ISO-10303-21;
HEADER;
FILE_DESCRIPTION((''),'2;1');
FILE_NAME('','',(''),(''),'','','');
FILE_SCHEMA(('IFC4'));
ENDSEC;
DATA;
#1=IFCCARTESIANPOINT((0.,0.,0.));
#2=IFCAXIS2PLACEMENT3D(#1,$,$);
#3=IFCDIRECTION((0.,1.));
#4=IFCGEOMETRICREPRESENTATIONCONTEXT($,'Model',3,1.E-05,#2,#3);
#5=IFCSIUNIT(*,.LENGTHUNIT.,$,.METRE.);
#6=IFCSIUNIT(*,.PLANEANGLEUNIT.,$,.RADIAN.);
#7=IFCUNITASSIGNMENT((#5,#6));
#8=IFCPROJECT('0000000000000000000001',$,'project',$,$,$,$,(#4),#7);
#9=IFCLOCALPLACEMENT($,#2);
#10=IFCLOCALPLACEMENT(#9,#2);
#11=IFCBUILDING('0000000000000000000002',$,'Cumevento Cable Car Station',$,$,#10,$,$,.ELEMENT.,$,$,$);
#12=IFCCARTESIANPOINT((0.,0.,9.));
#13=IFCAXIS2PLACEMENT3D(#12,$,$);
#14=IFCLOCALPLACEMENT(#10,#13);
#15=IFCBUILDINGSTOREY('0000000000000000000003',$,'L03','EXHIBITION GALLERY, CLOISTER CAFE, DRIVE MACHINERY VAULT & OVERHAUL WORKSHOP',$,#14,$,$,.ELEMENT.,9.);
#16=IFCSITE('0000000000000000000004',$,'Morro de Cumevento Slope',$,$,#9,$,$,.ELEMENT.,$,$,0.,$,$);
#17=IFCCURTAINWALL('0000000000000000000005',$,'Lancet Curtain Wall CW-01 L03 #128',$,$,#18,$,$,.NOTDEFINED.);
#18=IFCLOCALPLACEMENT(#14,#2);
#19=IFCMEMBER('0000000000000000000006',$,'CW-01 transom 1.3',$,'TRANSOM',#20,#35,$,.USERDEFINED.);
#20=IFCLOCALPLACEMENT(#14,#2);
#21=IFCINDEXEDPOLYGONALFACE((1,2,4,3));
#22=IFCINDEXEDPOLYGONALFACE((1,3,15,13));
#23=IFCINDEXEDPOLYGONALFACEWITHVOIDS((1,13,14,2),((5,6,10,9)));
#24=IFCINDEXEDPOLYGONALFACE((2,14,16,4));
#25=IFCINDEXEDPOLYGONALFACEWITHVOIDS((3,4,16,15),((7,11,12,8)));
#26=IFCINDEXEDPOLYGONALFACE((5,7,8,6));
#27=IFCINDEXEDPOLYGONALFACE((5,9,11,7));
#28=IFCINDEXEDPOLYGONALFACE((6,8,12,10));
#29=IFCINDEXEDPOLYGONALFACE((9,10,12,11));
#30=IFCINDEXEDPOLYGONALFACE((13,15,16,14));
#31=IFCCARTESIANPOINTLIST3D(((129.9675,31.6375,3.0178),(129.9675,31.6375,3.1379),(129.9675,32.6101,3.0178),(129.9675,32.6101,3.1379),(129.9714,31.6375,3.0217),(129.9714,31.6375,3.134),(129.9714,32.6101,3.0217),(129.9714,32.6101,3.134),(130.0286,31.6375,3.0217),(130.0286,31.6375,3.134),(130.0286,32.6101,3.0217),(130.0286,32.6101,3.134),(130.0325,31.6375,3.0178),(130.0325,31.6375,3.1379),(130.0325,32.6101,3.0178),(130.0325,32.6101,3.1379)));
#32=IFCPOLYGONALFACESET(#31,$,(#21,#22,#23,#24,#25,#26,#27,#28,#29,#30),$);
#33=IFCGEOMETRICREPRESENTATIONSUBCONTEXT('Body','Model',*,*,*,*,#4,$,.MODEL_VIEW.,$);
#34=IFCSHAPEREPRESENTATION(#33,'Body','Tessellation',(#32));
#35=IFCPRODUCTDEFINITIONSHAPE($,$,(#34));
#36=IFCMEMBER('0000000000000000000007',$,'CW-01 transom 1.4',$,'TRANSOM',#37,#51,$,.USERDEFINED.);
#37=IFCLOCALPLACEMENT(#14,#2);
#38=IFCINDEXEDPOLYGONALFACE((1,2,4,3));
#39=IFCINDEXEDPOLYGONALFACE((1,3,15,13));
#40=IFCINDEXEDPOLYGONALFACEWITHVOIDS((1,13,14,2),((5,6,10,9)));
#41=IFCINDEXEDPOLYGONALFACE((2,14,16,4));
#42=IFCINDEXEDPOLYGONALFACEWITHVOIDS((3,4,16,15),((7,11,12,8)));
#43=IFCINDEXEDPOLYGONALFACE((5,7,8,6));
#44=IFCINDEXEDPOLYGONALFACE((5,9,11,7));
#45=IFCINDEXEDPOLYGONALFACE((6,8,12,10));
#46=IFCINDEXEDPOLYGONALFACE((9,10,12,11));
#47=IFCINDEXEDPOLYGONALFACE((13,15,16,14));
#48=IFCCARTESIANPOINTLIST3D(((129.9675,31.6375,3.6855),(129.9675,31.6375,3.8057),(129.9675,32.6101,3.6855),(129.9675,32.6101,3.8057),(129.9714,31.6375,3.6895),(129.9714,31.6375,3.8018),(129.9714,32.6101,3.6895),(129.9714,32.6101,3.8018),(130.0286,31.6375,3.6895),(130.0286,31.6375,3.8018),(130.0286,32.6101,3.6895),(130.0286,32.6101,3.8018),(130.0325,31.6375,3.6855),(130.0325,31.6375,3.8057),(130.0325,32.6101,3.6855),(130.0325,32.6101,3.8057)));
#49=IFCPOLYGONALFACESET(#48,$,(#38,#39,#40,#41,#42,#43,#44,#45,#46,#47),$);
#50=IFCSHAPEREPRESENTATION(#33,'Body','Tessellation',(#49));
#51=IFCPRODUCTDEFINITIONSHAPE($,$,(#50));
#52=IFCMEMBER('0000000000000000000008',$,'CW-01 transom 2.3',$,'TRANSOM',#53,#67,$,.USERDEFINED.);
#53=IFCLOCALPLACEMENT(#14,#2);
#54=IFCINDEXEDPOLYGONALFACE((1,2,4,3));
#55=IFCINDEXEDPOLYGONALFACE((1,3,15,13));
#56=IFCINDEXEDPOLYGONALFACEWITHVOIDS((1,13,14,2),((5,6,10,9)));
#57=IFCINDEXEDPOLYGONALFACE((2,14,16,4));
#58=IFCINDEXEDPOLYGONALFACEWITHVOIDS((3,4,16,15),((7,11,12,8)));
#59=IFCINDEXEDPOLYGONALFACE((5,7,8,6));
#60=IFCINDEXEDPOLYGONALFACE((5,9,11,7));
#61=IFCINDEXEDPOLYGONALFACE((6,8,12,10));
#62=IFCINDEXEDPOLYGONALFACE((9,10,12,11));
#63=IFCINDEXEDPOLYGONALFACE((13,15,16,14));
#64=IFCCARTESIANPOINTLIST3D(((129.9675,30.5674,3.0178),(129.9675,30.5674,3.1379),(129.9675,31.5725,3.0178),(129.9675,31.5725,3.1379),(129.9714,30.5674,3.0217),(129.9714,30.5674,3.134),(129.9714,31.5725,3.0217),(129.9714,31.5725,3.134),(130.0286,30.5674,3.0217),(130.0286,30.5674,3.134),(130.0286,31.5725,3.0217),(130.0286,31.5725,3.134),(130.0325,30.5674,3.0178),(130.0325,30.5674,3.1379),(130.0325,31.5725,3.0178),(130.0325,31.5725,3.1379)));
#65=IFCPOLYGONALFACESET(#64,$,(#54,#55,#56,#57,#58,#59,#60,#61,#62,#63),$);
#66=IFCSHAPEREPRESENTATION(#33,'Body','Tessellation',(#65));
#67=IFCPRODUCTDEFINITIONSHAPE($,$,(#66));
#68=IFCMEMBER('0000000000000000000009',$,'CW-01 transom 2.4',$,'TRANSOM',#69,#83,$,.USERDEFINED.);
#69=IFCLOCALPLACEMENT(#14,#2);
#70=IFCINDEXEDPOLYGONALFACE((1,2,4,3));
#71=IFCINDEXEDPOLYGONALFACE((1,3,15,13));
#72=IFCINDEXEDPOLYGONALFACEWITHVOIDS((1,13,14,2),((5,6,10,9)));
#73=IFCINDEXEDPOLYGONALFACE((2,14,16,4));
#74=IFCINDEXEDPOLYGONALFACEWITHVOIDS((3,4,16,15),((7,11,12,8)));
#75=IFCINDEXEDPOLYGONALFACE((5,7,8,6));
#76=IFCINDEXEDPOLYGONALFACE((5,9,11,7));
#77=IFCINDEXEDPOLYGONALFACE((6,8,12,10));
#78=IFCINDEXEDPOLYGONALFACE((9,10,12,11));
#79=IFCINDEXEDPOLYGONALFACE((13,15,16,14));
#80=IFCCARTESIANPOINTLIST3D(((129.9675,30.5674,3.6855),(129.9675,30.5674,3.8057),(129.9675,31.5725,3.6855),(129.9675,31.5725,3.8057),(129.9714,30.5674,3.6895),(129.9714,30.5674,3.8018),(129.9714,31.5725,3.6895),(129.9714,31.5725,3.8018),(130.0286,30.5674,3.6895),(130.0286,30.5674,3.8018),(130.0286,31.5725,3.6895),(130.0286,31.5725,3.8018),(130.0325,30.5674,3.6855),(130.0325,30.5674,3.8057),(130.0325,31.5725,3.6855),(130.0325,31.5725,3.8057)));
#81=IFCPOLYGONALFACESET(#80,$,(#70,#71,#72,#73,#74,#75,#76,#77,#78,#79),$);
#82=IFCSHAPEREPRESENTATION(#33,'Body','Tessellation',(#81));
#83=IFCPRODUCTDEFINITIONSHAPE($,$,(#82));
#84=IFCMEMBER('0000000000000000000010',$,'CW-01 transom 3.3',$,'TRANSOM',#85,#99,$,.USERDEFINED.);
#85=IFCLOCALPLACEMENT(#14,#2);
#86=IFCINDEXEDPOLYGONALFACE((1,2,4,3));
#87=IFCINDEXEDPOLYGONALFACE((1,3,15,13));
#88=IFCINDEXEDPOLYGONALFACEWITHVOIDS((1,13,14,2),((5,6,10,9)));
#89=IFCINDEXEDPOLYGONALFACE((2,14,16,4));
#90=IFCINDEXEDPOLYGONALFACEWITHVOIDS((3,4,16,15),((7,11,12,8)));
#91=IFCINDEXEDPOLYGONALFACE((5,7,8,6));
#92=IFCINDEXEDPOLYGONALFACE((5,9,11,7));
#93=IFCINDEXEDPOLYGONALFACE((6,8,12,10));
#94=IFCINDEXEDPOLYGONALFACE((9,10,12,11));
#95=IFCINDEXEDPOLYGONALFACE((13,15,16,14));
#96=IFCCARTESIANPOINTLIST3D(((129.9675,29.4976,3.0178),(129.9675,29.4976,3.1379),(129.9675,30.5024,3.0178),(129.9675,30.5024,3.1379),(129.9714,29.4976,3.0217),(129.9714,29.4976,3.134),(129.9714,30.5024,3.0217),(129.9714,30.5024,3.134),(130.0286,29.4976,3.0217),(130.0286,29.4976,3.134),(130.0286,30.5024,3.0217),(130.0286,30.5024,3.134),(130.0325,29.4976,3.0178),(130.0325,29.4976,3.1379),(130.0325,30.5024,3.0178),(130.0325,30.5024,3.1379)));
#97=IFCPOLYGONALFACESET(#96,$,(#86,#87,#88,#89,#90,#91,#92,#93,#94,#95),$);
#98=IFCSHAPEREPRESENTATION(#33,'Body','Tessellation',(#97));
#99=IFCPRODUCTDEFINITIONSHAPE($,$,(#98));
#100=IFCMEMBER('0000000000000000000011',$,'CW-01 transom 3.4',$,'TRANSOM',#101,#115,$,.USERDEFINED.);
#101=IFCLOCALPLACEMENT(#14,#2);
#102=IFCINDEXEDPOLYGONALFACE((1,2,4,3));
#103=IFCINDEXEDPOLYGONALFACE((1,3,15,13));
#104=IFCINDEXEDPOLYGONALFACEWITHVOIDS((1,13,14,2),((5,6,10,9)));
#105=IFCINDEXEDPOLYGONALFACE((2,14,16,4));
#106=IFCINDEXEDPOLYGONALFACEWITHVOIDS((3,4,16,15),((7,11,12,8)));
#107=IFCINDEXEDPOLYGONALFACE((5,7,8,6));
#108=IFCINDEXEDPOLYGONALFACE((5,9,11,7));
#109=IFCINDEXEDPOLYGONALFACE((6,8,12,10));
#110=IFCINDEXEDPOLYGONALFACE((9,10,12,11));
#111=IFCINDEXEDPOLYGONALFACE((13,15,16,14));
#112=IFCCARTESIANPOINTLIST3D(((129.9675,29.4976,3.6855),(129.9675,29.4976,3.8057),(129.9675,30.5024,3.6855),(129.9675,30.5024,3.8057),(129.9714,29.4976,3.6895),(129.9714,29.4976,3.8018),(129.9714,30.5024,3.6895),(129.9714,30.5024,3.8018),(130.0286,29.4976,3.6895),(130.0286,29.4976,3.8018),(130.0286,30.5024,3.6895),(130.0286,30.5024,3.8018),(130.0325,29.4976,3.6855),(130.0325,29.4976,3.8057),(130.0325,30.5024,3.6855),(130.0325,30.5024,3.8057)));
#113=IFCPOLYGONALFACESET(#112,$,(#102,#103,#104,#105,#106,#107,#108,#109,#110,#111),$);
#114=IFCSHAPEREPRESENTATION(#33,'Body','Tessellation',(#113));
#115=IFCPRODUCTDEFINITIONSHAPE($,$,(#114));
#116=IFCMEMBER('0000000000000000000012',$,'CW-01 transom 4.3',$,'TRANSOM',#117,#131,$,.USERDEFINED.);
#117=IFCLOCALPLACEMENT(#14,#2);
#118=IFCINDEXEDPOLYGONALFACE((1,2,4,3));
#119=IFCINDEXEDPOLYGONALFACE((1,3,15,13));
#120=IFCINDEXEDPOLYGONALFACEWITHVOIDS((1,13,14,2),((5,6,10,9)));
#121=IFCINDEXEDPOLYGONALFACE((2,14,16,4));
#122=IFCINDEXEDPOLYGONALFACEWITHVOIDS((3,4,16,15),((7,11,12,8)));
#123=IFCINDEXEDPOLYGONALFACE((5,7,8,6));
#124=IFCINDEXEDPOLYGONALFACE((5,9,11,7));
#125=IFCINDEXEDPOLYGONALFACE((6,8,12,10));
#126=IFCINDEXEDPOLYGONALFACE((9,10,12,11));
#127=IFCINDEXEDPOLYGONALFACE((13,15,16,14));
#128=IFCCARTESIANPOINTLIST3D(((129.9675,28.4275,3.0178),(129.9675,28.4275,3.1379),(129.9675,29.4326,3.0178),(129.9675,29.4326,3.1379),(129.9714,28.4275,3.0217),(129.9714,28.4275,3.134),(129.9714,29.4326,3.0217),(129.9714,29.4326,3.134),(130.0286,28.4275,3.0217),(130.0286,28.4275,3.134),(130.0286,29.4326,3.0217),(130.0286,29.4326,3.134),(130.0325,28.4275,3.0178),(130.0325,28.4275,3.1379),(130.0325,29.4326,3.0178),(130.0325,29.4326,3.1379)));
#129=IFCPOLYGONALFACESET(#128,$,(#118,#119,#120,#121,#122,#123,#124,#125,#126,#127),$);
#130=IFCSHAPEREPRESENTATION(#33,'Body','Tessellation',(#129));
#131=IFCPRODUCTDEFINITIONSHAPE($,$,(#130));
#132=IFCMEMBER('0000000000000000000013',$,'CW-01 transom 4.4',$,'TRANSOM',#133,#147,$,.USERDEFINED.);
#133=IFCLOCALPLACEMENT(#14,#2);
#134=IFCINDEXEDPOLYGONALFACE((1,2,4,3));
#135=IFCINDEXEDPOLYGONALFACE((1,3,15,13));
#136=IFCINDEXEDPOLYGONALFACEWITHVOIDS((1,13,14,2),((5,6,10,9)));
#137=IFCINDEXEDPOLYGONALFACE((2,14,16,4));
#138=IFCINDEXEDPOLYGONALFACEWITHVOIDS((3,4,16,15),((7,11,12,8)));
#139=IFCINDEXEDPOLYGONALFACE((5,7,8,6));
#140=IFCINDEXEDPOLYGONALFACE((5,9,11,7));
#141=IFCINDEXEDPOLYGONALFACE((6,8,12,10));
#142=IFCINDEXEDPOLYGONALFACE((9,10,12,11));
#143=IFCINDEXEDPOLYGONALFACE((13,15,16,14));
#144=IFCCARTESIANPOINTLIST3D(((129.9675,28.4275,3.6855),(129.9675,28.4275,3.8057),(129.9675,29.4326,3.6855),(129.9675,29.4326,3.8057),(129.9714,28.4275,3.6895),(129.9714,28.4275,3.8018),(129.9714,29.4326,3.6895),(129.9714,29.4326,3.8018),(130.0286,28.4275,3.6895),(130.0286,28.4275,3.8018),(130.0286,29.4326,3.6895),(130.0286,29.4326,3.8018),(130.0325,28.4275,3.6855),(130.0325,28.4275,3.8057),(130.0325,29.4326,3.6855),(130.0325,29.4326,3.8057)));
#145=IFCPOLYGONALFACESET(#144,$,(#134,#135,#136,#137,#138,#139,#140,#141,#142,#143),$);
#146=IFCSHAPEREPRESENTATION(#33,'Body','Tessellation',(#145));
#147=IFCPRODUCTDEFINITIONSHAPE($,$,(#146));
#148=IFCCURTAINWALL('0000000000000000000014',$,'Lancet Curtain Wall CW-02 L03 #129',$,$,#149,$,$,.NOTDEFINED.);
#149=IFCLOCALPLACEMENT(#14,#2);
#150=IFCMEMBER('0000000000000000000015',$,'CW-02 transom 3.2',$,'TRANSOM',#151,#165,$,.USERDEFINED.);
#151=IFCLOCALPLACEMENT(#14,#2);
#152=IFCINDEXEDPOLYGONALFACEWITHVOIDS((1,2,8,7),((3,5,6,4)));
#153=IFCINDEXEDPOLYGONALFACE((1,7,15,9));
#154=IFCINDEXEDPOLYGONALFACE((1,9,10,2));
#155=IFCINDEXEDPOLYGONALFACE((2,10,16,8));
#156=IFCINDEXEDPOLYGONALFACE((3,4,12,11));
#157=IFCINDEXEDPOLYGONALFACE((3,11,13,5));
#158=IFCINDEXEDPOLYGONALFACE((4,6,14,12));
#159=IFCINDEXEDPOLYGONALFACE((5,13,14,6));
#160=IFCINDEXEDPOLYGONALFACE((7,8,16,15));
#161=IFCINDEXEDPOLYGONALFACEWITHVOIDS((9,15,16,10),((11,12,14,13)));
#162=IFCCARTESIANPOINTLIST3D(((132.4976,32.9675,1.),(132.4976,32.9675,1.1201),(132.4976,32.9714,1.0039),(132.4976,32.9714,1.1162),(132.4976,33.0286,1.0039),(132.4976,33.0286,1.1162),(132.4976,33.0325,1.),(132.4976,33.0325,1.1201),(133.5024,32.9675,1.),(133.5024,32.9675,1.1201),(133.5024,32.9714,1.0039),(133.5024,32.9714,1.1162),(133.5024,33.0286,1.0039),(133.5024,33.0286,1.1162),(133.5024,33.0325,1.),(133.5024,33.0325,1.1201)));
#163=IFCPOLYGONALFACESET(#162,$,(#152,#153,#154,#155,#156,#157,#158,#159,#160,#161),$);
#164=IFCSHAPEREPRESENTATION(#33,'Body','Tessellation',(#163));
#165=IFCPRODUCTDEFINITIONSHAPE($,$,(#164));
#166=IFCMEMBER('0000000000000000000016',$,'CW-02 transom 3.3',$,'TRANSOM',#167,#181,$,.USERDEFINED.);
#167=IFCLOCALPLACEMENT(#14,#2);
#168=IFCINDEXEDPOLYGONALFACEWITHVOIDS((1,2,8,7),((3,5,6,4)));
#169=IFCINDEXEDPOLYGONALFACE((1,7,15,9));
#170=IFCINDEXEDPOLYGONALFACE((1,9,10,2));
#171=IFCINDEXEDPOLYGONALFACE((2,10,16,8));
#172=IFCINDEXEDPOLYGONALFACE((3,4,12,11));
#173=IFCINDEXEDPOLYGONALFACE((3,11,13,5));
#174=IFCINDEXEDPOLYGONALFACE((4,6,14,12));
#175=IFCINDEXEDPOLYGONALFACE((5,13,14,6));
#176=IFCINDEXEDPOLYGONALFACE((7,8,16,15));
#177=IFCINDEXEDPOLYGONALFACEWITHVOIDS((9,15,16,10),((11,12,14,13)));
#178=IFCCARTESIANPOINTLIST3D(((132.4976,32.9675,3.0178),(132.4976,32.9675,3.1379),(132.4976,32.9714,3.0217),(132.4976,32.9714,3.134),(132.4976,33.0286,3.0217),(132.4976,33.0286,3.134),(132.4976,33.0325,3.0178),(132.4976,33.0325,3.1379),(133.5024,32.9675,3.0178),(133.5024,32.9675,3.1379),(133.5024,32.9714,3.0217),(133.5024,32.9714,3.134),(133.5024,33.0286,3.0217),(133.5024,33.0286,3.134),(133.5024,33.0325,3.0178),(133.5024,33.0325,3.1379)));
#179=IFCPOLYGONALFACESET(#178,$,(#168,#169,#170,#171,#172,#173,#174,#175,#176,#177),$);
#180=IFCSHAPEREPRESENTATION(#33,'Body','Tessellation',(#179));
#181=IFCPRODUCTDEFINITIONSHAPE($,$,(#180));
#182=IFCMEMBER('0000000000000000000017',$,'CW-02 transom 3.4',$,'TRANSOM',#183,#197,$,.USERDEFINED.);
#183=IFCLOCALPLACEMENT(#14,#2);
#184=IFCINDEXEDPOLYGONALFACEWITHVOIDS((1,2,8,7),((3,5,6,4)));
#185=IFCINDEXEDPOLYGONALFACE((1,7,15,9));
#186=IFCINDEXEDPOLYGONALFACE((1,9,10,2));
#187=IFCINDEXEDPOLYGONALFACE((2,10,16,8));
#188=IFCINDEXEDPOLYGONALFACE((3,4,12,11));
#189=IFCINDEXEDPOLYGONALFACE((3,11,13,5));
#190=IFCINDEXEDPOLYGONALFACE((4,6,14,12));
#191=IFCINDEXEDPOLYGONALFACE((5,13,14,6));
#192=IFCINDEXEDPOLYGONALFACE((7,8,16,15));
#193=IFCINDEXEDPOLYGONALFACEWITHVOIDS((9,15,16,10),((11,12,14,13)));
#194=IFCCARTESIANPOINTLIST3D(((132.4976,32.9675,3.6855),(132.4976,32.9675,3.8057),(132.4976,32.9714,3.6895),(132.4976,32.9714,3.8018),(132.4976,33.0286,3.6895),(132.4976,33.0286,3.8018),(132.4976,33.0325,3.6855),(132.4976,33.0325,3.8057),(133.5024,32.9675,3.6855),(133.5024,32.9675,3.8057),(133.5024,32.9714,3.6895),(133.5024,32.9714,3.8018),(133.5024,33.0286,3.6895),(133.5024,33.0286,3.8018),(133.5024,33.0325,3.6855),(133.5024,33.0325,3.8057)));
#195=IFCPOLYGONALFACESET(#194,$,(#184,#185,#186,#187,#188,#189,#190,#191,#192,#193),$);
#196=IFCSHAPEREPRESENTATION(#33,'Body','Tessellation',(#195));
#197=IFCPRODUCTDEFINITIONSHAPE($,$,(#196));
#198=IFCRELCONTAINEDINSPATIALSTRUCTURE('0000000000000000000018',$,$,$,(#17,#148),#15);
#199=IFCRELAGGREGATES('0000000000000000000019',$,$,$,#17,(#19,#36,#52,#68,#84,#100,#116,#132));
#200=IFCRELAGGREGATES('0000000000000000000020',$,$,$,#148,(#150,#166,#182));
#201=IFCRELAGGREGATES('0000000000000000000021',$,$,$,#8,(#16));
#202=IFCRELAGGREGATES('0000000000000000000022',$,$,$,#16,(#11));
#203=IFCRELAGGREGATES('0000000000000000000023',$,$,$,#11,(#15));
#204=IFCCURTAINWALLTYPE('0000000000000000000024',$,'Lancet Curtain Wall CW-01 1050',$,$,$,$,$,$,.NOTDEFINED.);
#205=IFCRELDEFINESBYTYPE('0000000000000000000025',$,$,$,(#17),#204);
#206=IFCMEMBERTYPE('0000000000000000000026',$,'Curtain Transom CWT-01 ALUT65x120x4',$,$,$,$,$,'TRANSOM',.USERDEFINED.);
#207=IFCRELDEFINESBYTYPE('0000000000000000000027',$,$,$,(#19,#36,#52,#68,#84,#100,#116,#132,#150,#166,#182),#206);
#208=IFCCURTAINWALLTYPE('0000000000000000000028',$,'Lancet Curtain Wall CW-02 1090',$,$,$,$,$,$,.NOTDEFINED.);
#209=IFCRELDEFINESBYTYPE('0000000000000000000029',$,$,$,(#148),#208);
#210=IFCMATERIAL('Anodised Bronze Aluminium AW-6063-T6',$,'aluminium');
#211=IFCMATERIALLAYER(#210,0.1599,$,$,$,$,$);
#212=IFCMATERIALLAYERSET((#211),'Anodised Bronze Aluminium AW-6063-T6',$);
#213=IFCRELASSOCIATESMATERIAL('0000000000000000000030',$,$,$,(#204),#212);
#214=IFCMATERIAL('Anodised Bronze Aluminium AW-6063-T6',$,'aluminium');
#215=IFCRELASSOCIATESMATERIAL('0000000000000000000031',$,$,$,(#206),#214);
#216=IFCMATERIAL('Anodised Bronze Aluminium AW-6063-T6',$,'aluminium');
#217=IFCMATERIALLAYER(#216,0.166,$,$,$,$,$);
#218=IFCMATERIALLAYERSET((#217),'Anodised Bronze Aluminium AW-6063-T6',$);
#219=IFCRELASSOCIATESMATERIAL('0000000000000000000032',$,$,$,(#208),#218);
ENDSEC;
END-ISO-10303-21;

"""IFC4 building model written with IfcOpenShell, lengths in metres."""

from ifc_helpers import new_model, si_unit, direction, frame, origin, origin_2d, place, context, subcontext, project, spatial, hollow_rectangle, extrude, material, layer, layer_set, material_profile, profile_set, type_object, element, aggregate, save


model = new_model("IFC4")

# Units and contexts
model_context = context("Model", 3, precision=1e-05, world=origin(), true_north=direction((0.0, 1.0)))
body_context = subcontext(model_context, "Body", "Model", "MODEL_VIEW")
ifc_project = project(units=[si_unit("LENGTHUNIT", "METRE"), si_unit("PLANEANGLEUNIT", "RADIAN")], contexts=[model_context])

# Site, building, storey
site_placement = place(None, origin())
site = spatial("IfcSite", under=ifc_project, at=site_placement, Name="Morro de Cumevento Slope", CompositionType="ELEMENT", RefElevation=0.0)
building_placement = place(site_placement, origin())
building = spatial("IfcBuilding", under=site, at=building_placement, Name="Cumevento Cable Car Station", CompositionType="ELEMENT")
storey_placement = place(building_placement, frame((0.0, 0.0, 9.0)))
storey = spatial("IfcBuildingStorey", under=building, at=storey_placement, Name="L03", Description="EXHIBITION GALLERY, CLOISTER CAFE, DRIVE MACHINERY VAULT & OVERHAUL WORKSHOP", CompositionType="ELEMENT", Elevation=9.0)

# Curtain walls, members
ifc_material_1 = material(Name="Anodised Bronze Aluminium AW-6063-T6", Category="aluminium")
ifc_layer_1 = layer(ifc_material_1, 0.1599)
ifc_layer_set_1 = layer_set([ifc_layer_1], Name="Anodised Bronze Aluminium AW-6063-T6")
curtain_wall_type_1 = type_object("IfcCurtainWallType", Name="Lancet Curtain Wall CW-01 1050", PredefinedType="NOTDEFINED", material=ifc_layer_set_1)
curtain_wall_1_placement = place(storey_placement, origin())
curtain_wall_1 = element("IfcCurtainWall", 1, at=curtain_wall_1_placement, inside=storey, type_object=curtain_wall_type_1, Name="Lancet Curtain Wall CW-01 L03 #128", PredefinedType="NOTDEFINED")
ifc_material_2 = material(Name="Anodised Bronze Aluminium AW-6063-T6", Category="aluminium")
ifc_material_profile_1 = material_profile(ifc_material_2, hollow_rectangle(XDim=0.0649, YDim=0.1201, WallThickness=0.0039, at=origin_2d()), Name="ALUT65x120x4")
ifc_profile_set_1 = profile_set([ifc_material_profile_1], Name="Anodised Bronze Aluminium AW-6063-T6")
member_type = type_object("IfcMemberType", Name="Curtain Transom CWT-01 ALUT65x120x4", ElementType="TRANSOM", PredefinedType="USERDEFINED", material=ifc_profile_set_1)
member_1_placement = place(storey_placement, frame((130.0, 32.6101, 3.0779), z_axis=(0.0, -1.0, 0.0), x_axis=(1.0, 0.0, 0.0)))
member_1 = element("IfcMember", 2, at=member_1_placement, type_object=member_type, Name="CW-01 transom 1.3", ObjectType="TRANSOM", PredefinedType="USERDEFINED", context=body_context, shape_type="SweptSolid", body=[
    extrude(hollow_rectangle(XDim=0.0649, YDim=0.1201, WallThickness=0.0039, at=origin_2d()), origin(), (0.0, 0.0, 1.0), 0.9727),
])
member_2_placement = place(storey_placement, frame((130.0, 32.6101, 3.7456), z_axis=(0.0, -1.0, 0.0), x_axis=(1.0, 0.0, 0.0)))
member_2 = element("IfcMember", 3, at=member_2_placement, type_object=member_type, Name="CW-01 transom 1.4", ObjectType="TRANSOM", PredefinedType="USERDEFINED", context=body_context, shape_type="SweptSolid", body=[
    extrude(hollow_rectangle(XDim=0.0649, YDim=0.1201, WallThickness=0.0039, at=origin_2d()), origin(), (0.0, 0.0, 1.0), 0.9727),
])
member_3_placement = place(storey_placement, frame((130.0, 31.5725, 3.0779), z_axis=(0.0, -1.0, 0.0), x_axis=(1.0, 0.0, 0.0)))
member_3 = element("IfcMember", 4, at=member_3_placement, type_object=member_type, Name="CW-01 transom 2.3", ObjectType="TRANSOM", PredefinedType="USERDEFINED", context=body_context, shape_type="SweptSolid", body=[
    extrude(hollow_rectangle(XDim=0.0649, YDim=0.1201, WallThickness=0.0039, at=origin_2d()), origin(), (0.0, 0.0, 1.0), 1.0051),
])
member_4_placement = place(storey_placement, frame((130.0, 31.5725, 3.7456), z_axis=(0.0, -1.0, 0.0), x_axis=(1.0, 0.0, 0.0)))
member_4 = element("IfcMember", 5, at=member_4_placement, type_object=member_type, Name="CW-01 transom 2.4", ObjectType="TRANSOM", PredefinedType="USERDEFINED", context=body_context, shape_type="SweptSolid", body=[
    extrude(hollow_rectangle(XDim=0.0649, YDim=0.1201, WallThickness=0.0039, at=origin_2d()), origin(), (0.0, 0.0, 1.0), 1.0051),
])
member_5_placement = place(storey_placement, frame((130.0, 30.5024, 3.0779), z_axis=(0.0, -1.0, 0.0), x_axis=(1.0, 0.0, 0.0)))
member_5 = element("IfcMember", 6, at=member_5_placement, type_object=member_type, Name="CW-01 transom 3.3", ObjectType="TRANSOM", PredefinedType="USERDEFINED", context=body_context, shape_type="SweptSolid", body=[
    extrude(hollow_rectangle(XDim=0.0649, YDim=0.1201, WallThickness=0.0039, at=origin_2d()), origin(), (0.0, 0.0, 1.0), 1.0049),
])
member_6_placement = place(storey_placement, frame((130.0, 30.5024, 3.7456), z_axis=(0.0, -1.0, 0.0), x_axis=(1.0, 0.0, 0.0)))
member_6 = element("IfcMember", 7, at=member_6_placement, type_object=member_type, Name="CW-01 transom 3.4", ObjectType="TRANSOM", PredefinedType="USERDEFINED", context=body_context, shape_type="SweptSolid", body=[
    extrude(hollow_rectangle(XDim=0.0649, YDim=0.1201, WallThickness=0.0039, at=origin_2d()), origin(), (0.0, 0.0, 1.0), 1.0049),
])
member_7_placement = place(storey_placement, frame((130.0, 29.4326, 3.0779), z_axis=(0.0, -1.0, 0.0), x_axis=(1.0, 0.0, 0.0)))
member_7 = element("IfcMember", 8, at=member_7_placement, type_object=member_type, Name="CW-01 transom 4.3", ObjectType="TRANSOM", PredefinedType="USERDEFINED", context=body_context, shape_type="SweptSolid", body=[
    extrude(hollow_rectangle(XDim=0.0649, YDim=0.1201, WallThickness=0.0039, at=origin_2d()), origin(), (0.0, 0.0, 1.0), 1.0051),
])
member_8_placement = place(storey_placement, frame((130.0, 29.4326, 3.7456), z_axis=(0.0, -1.0, 0.0), x_axis=(1.0, 0.0, 0.0)))
member_8 = element("IfcMember", 9, at=member_8_placement, type_object=member_type, Name="CW-01 transom 4.4", ObjectType="TRANSOM", PredefinedType="USERDEFINED", context=body_context, shape_type="SweptSolid", body=[
    extrude(hollow_rectangle(XDim=0.0649, YDim=0.1201, WallThickness=0.0039, at=origin_2d()), origin(), (0.0, 0.0, 1.0), 1.0051),
])
ifc_material_3 = material(Name="Anodised Bronze Aluminium AW-6063-T6", Category="aluminium")
ifc_layer_2 = layer(ifc_material_3, 0.166)
ifc_layer_set_2 = layer_set([ifc_layer_2], Name="Anodised Bronze Aluminium AW-6063-T6")
curtain_wall_type_2 = type_object("IfcCurtainWallType", Name="Lancet Curtain Wall CW-02 1090", PredefinedType="NOTDEFINED", material=ifc_layer_set_2)
curtain_wall_2_placement = place(storey_placement, origin())
curtain_wall_2 = element("IfcCurtainWall", 10, at=curtain_wall_2_placement, inside=storey, type_object=curtain_wall_type_2, Name="Lancet Curtain Wall CW-02 L03 #129", PredefinedType="NOTDEFINED")
member_9_placement = place(storey_placement, frame((133.5024, 33.0, 1.0601), z_axis=(-1.0, 0.0, 0.0), x_axis=(0.0, -1.0, 0.0)))
member_9 = element("IfcMember", 11, at=member_9_placement, type_object=member_type, Name="CW-02 transom 3.2", ObjectType="TRANSOM", PredefinedType="USERDEFINED", context=body_context, shape_type="SweptSolid", body=[
    extrude(hollow_rectangle(XDim=0.0649, YDim=0.1201, WallThickness=0.0039, at=origin_2d()), origin(), (0.0, 0.0, 1.0), 1.0049),
])
member_10_placement = place(storey_placement, frame((133.5024, 33.0, 3.0779), z_axis=(-1.0, 0.0, 0.0), x_axis=(0.0, -1.0, 0.0)))
member_10 = element("IfcMember", 12, at=member_10_placement, type_object=member_type, Name="CW-02 transom 3.3", ObjectType="TRANSOM", PredefinedType="USERDEFINED", context=body_context, shape_type="SweptSolid", body=[
    extrude(hollow_rectangle(XDim=0.0649, YDim=0.1201, WallThickness=0.0039, at=origin_2d()), origin(), (0.0, 0.0, 1.0), 1.0049),
])
member_11_placement = place(storey_placement, frame((133.5024, 33.0, 3.7456), z_axis=(-1.0, 0.0, 0.0), x_axis=(0.0, -1.0, 0.0)))
member_11 = element("IfcMember", 13, at=member_11_placement, type_object=member_type, Name="CW-02 transom 3.4", ObjectType="TRANSOM", PredefinedType="USERDEFINED", context=body_context, shape_type="SweptSolid", body=[
    extrude(hollow_rectangle(XDim=0.0649, YDim=0.1201, WallThickness=0.0039, at=origin_2d()), origin(), (0.0, 0.0, 1.0), 1.0049),
])

aggregate(curtain_wall_1, [member_1, member_2, member_3, member_4, member_5, member_6, member_7, member_8])
aggregate(curtain_wall_2, [member_9, member_10, member_11])

save(model, "model.ifc")
